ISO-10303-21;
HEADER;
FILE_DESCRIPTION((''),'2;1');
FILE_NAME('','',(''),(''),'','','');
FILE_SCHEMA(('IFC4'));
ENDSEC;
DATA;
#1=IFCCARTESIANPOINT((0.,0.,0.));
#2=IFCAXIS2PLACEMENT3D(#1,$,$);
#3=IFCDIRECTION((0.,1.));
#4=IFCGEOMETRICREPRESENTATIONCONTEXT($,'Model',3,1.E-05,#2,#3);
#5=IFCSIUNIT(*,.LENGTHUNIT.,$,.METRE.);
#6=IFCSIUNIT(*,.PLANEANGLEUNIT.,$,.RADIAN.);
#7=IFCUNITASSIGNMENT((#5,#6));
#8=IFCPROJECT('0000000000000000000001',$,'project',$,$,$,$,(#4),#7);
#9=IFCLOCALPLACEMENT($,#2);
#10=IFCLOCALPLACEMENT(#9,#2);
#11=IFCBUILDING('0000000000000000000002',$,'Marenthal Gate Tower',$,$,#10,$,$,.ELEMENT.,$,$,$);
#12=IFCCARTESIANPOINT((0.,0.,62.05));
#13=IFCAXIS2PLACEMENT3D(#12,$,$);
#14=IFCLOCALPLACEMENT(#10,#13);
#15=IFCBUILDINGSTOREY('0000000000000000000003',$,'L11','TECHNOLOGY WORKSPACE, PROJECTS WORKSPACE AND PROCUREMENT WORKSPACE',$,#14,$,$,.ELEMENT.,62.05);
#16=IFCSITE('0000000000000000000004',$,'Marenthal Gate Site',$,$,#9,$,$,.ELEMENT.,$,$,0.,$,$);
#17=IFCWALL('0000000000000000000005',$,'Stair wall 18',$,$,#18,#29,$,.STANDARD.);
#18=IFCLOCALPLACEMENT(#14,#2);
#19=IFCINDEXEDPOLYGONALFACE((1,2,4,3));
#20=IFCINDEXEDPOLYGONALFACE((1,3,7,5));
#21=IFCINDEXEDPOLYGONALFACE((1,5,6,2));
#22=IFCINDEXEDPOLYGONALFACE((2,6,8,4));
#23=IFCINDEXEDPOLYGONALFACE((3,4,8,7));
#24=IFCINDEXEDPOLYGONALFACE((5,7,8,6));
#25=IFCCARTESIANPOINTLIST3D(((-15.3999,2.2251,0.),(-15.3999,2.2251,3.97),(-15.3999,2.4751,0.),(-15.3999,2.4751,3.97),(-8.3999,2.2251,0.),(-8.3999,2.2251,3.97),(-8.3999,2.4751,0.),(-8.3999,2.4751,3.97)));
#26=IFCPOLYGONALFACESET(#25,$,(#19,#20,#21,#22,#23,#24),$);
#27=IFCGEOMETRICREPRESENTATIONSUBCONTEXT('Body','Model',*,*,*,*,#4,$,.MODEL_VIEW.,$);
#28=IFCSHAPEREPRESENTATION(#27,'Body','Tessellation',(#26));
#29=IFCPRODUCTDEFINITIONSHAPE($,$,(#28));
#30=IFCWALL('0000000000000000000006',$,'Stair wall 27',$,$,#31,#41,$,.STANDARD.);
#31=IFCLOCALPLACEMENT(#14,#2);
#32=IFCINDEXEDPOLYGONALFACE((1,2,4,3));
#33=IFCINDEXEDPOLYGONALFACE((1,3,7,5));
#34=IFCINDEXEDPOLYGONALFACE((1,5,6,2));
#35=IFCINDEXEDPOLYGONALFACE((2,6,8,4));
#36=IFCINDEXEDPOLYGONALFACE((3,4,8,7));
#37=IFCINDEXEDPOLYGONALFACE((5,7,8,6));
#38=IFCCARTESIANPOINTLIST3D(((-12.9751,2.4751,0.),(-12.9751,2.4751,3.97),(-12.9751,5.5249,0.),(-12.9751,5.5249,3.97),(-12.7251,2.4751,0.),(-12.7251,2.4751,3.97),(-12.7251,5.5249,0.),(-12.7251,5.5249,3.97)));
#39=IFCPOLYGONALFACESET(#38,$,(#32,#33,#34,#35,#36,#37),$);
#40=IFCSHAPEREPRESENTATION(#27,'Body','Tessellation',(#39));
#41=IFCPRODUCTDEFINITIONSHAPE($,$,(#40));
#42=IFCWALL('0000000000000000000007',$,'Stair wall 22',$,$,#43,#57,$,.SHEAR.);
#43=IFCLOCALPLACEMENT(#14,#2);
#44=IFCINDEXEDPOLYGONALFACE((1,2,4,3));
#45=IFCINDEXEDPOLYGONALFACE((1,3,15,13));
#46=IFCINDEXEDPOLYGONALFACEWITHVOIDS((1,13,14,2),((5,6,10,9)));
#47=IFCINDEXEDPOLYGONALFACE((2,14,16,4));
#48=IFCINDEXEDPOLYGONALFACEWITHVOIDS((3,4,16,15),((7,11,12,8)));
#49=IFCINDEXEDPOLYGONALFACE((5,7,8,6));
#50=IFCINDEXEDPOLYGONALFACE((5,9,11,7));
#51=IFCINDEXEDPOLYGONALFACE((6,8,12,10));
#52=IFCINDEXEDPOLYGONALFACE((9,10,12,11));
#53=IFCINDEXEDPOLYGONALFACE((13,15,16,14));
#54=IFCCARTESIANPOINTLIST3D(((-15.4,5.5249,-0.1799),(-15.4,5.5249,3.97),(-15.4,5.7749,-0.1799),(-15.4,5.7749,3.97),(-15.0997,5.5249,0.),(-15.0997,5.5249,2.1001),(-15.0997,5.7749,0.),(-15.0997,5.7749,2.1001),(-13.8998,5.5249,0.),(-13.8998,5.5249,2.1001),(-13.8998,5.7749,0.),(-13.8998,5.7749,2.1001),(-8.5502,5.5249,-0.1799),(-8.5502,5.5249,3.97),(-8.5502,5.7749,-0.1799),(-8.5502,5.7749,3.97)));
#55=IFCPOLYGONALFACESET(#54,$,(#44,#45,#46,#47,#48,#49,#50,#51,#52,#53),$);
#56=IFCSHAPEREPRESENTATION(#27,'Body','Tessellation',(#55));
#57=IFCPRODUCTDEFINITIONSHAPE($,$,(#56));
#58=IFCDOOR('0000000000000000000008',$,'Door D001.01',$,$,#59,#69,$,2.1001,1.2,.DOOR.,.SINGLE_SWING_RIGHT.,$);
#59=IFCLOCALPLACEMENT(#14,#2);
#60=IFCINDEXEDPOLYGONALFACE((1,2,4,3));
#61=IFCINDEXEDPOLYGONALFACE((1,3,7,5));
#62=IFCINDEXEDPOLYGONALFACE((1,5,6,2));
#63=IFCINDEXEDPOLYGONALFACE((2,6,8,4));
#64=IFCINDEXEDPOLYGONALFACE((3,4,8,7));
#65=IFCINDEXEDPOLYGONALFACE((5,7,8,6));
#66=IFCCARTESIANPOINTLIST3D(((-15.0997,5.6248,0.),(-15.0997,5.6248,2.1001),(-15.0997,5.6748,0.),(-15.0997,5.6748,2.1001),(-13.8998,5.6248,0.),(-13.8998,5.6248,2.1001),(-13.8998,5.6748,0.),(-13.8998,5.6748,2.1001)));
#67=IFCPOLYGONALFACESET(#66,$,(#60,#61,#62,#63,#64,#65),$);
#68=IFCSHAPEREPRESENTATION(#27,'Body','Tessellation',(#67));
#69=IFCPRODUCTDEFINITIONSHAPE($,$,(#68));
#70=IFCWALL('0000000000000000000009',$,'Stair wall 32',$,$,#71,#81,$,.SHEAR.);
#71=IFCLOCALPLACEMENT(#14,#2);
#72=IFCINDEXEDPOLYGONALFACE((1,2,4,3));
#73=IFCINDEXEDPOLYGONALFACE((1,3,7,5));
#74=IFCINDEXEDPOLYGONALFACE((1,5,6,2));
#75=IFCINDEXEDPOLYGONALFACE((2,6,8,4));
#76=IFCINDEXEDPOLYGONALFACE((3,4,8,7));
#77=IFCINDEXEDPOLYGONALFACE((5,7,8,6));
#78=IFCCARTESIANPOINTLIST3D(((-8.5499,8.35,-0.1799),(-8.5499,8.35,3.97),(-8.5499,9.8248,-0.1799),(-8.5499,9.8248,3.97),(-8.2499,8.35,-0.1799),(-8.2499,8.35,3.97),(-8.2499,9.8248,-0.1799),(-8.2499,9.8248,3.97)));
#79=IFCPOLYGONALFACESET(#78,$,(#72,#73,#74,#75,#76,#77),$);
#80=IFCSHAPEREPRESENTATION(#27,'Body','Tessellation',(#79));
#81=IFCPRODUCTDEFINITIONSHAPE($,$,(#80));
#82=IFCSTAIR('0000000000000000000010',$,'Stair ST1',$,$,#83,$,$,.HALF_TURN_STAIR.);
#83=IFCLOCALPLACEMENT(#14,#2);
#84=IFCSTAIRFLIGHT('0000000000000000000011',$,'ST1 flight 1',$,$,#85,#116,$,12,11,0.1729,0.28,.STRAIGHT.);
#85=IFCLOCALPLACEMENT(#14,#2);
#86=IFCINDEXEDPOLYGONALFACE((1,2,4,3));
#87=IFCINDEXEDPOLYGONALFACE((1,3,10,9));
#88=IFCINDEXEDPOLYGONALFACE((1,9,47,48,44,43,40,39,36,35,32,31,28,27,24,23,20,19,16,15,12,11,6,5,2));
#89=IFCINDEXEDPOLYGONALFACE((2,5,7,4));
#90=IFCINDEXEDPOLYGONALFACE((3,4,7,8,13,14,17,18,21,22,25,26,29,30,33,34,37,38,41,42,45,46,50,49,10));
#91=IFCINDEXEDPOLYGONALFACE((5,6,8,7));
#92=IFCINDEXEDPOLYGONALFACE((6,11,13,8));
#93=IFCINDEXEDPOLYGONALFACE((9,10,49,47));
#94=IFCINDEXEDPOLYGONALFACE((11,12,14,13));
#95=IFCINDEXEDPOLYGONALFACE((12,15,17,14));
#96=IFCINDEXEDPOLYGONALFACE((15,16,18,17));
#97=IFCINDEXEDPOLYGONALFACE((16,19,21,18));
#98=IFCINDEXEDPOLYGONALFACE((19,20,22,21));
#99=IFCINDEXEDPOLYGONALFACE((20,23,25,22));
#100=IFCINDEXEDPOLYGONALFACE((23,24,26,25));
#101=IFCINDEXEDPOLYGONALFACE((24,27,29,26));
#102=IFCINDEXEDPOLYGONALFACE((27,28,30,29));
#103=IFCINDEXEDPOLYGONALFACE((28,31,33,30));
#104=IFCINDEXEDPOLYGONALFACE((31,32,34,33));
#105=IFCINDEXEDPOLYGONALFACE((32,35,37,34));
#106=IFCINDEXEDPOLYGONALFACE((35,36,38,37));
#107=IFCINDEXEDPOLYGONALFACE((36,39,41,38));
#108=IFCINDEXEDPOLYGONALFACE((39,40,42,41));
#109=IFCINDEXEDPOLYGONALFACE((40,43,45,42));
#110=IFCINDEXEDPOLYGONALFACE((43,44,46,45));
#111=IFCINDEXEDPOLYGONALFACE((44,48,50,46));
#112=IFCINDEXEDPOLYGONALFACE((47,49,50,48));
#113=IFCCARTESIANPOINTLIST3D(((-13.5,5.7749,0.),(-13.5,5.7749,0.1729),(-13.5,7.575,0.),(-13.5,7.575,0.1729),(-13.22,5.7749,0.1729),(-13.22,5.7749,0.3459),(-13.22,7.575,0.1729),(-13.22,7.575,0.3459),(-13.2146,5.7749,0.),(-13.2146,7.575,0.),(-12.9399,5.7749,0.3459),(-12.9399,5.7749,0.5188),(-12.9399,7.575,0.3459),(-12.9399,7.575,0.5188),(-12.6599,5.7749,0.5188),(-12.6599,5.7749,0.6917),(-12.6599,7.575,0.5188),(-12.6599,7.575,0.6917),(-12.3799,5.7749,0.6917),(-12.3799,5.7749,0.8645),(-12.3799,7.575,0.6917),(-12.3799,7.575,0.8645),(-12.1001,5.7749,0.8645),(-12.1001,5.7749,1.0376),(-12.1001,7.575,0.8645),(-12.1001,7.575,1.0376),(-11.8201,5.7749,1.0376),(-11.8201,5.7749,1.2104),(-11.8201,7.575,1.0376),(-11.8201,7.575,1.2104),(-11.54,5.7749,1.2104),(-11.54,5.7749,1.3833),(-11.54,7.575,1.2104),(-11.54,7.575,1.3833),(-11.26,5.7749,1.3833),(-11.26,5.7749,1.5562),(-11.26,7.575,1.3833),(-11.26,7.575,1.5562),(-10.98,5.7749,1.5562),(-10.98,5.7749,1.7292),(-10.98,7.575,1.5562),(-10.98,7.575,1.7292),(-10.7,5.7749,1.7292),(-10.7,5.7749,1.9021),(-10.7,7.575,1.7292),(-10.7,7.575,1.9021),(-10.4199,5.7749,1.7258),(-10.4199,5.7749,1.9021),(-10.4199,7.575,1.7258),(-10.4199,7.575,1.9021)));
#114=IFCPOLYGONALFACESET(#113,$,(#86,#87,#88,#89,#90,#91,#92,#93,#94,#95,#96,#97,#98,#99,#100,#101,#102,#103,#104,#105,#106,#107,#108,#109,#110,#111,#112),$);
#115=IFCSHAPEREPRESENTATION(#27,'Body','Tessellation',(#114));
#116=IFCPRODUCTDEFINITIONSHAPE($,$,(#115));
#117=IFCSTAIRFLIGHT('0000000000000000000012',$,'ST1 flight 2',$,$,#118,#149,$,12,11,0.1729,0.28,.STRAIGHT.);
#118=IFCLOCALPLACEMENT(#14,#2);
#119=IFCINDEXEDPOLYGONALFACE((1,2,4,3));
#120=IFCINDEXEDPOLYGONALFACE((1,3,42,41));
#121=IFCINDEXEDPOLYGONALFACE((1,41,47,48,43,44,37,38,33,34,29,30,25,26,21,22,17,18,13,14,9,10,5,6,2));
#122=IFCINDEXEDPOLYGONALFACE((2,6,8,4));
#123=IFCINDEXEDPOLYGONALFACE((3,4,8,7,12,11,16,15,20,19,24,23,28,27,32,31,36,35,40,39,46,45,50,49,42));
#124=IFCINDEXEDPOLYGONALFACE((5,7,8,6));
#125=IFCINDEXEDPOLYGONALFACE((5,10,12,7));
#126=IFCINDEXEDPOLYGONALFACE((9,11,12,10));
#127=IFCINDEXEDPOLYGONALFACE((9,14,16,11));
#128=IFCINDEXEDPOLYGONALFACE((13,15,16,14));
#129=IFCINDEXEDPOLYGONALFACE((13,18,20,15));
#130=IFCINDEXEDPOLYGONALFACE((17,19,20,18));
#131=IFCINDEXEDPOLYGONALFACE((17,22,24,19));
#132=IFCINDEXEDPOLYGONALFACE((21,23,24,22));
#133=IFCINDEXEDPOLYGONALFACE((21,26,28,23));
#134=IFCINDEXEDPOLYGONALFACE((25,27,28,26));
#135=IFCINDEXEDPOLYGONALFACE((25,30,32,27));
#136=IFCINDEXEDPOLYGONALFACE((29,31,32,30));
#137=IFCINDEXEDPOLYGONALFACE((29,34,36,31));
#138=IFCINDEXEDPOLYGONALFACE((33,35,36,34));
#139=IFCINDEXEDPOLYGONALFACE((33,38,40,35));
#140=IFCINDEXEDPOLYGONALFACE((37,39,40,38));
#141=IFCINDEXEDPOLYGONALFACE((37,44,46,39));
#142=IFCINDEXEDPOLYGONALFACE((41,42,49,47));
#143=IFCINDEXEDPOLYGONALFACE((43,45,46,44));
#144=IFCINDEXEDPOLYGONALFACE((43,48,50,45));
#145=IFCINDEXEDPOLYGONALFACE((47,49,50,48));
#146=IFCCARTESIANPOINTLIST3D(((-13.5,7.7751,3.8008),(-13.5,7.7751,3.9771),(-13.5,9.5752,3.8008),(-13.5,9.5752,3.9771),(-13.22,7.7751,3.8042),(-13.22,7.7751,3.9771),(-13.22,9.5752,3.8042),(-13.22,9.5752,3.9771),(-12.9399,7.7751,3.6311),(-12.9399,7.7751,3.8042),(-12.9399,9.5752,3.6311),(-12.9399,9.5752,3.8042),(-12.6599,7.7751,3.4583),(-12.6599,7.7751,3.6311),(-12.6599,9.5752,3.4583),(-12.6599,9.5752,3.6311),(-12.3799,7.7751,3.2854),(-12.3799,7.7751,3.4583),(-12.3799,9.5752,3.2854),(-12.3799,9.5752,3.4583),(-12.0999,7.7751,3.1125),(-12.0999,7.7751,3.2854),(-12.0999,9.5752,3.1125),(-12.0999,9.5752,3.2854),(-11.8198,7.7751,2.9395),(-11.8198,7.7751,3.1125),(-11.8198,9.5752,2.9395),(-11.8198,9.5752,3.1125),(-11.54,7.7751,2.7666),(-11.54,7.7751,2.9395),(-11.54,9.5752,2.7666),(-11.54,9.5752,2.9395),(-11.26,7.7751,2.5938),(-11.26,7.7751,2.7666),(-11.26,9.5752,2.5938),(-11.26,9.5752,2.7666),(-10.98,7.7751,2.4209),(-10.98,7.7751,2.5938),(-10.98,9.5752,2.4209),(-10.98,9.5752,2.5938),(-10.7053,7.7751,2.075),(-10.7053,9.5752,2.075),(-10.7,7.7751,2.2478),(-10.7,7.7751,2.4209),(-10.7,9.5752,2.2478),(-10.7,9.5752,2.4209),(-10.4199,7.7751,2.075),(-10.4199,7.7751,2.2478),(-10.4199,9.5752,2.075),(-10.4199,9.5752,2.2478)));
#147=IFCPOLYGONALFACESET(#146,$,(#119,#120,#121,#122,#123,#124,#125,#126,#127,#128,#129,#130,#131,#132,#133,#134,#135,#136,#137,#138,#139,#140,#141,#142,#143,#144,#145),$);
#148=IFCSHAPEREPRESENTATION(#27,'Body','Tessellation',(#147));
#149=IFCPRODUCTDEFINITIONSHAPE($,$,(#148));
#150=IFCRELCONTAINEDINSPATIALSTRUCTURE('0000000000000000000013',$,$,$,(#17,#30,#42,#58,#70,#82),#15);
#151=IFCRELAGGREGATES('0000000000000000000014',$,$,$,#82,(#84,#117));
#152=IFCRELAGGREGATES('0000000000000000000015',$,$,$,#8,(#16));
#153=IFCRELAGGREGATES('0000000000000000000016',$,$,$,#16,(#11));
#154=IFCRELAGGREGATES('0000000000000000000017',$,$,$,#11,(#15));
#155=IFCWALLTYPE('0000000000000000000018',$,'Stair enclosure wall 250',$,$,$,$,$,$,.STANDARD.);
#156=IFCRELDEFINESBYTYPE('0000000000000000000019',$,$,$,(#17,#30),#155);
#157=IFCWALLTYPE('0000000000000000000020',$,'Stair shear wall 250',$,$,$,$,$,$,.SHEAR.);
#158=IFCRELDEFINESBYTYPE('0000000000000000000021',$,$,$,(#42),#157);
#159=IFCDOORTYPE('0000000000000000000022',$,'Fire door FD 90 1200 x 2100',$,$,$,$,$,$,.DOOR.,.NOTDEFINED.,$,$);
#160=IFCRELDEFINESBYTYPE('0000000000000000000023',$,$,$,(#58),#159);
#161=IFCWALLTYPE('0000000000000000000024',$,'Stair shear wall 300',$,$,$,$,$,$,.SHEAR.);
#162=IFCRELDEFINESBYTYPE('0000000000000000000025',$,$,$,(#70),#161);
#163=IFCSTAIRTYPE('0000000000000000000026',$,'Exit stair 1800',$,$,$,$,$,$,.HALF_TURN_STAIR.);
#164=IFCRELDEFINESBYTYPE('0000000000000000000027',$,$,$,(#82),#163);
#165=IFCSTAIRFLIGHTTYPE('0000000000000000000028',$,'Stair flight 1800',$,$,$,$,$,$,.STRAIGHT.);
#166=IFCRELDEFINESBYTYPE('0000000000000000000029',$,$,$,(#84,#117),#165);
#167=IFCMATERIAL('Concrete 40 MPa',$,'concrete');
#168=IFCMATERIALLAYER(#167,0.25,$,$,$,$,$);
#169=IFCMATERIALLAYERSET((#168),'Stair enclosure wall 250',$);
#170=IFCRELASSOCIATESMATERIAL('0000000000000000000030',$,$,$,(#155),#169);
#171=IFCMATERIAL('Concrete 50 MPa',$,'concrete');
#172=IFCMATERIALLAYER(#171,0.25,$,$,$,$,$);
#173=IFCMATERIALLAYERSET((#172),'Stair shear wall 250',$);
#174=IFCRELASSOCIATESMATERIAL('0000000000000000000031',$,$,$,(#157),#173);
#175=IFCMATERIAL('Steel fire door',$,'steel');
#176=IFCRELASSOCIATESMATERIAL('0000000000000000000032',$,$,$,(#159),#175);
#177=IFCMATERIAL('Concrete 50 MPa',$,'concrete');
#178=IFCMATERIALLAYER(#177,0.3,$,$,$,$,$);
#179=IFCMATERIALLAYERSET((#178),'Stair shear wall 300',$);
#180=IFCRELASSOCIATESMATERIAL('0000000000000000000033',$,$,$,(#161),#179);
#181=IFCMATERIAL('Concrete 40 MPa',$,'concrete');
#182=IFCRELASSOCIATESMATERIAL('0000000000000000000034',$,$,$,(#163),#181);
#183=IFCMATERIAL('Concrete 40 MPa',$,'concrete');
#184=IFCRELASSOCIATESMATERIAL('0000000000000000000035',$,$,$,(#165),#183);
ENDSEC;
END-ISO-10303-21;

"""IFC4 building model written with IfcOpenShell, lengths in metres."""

from ifc_helpers import new_model, si_unit, direction, frame, frame_2d, origin, place, context, subcontext, project, spatial, polyline, rectangle, outline, extrude, material, layer, layer_set, type_object, element, fill, aggregate, save


model = new_model("IFC4")

# Units and contexts
model_context = context("Model", 3, precision=1e-05, world=origin(), true_north=direction((0.0, 1.0)))
body_context = subcontext(model_context, "Body", "Model", "MODEL_VIEW")
ifc_project = project(units=[si_unit("LENGTHUNIT", "METRE"), si_unit("PLANEANGLEUNIT", "RADIAN")], contexts=[model_context])

# Site, building, storey
site_placement = place(None, origin())
site = spatial("IfcSite", under=ifc_project, at=site_placement, Name="Marenthal Gate Site", CompositionType="ELEMENT", RefElevation=0.0)
building_placement = place(site_placement, origin())
building = spatial("IfcBuilding", under=site, at=building_placement, Name="Marenthal Gate Tower", CompositionType="ELEMENT")
storey_placement = place(building_placement, frame((0.0, 0.0, 62.05)))
storey = spatial("IfcBuildingStorey", under=building, at=storey_placement, Name="L11", Description="TECHNOLOGY WORKSPACE, PROJECTS WORKSPACE AND PROCUREMENT WORKSPACE", CompositionType="ELEMENT", Elevation=62.05)

# Walls
ifc_material_1 = material(Name="Concrete 40 MPa", Category="concrete")
ifc_layer_1 = layer(ifc_material_1, 0.25)
ifc_layer_set_1 = layer_set([ifc_layer_1], Name="Stair enclosure wall 250")
wall_type_1 = type_object("IfcWallType", Name="Stair enclosure wall 250", PredefinedType="STANDARD", material=ifc_layer_set_1)
wall_1_placement = place(storey_placement, frame((-15.3999, 2.3501, 0.0), z_axis=(0.0, 0.0, 1.0), x_axis=(1.0, 0.0, 0.0)))
element("IfcWall", 1, at=wall_1_placement, inside=storey, type_object=wall_type_1, Name="Stair wall 18", PredefinedType="STANDARD", context=body_context, shape_type="SweptSolid", body=[
    extrude(rectangle(XDim=7.0, YDim=0.25, at=frame_2d((3.5, 0.0))), origin(), (0.0, 0.0, 1.0), 3.97),
])
wall_2_placement = place(storey_placement, frame((-12.8501, 2.4751, 0.0), z_axis=(0.0, 0.0, 1.0), x_axis=(0.0, 1.0, 0.0)))
element("IfcWall", 2, at=wall_2_placement, inside=storey, type_object=wall_type_1, Name="Stair wall 27", PredefinedType="STANDARD", context=body_context, shape_type="SweptSolid", body=[
    extrude(rectangle(XDim=3.0498, YDim=0.25, at=frame_2d((1.5249, 0.0))), origin(), (0.0, 0.0, 1.0), 3.97),
])

# Wall, opening, door
ifc_material_2 = material(Name="Concrete 50 MPa", Category="concrete")
ifc_layer_2 = layer(ifc_material_2, 0.25)
ifc_layer_set_2 = layer_set([ifc_layer_2], Name="Stair shear wall 250")
wall_type_2 = type_object("IfcWallType", Name="Stair shear wall 250", PredefinedType="SHEAR", material=ifc_layer_set_2)
wall_3_placement = place(storey_placement, frame((-15.3999, 5.6499, -0.1799), z_axis=(0.0, 0.0, 1.0), x_axis=(1.0, 0.0, 0.0)))
wall_3 = element("IfcWall", 3, at=wall_3_placement, inside=storey, type_object=wall_type_2, Name="Stair wall 22", PredefinedType="SHEAR", context=body_context, shape_type="SweptSolid", body=[
    extrude(rectangle(XDim=6.8499, YDim=0.25, at=frame_2d((3.4248, 0.0))), origin(), (0.0, 0.0, 1.0), 4.1499),
])
opening_1_placement = place(wall_3_placement, frame((0.3, 0.0, 0.1799)))
opening_1 = element("IfcOpeningElement", 4, at=opening_1_placement, cuts=wall_3, PredefinedType="OPENING", context=body_context, shape_type="SweptSolid", body=[
    extrude(rectangle(XDim=1.2, YDim=2.1001, at=frame_2d((0.6001, 1.05))), frame((0.0, 0.135, 0.0), z_axis=(0.0, -1.0, 0.0), x_axis=(1.0, 0.0, 0.0)), (0.0, 0.0, 1.0), 0.27),
])
ifc_material_3 = material(Name="Steel fire door", Category="steel")
door_type_1 = type_object("IfcDoorType", Name="Fire door FD 90 1200 x 2100", OperationType="NOTDEFINED", PredefinedType="DOOR", material=ifc_material_3)
door_1_placement = place(opening_1_placement, origin())
door_1 = element("IfcDoor", 5, at=door_1_placement, inside=storey, type_object=door_type_1, Name="Door D001.01", OperationType="SINGLE_SWING_RIGHT", OverallHeight=2.1001, OverallWidth=1.2, PredefinedType="DOOR", context=body_context, shape_type="SweptSolid", body=[
    extrude(rectangle(XDim=1.2, YDim=2.1001, at=frame_2d((0.6001, 1.05))), frame((0.0, 0.0249, 0.0), z_axis=(0.0, -1.0, 0.0), x_axis=(1.0, 0.0, 0.0)), (0.0, 0.0, 1.0), 0.05),
])
fill(opening_1, door_1)

# Wall
ifc_material_4 = material(Name="Concrete 50 MPa", Category="concrete")
ifc_layer_3 = layer(ifc_material_4, 0.3)
ifc_layer_set_3 = layer_set([ifc_layer_3], Name="Stair shear wall 300")
wall_type_3 = type_object("IfcWallType", Name="Stair shear wall 300", PredefinedType="SHEAR", material=ifc_layer_set_3)
wall_4_placement = place(storey_placement, frame((-8.3999, 8.3501, -0.1799), z_axis=(0.0, 0.0, 1.0), x_axis=(0.0, 1.0, 0.0)))
element("IfcWall", 6, at=wall_4_placement, inside=storey, type_object=wall_type_3, Name="Stair wall 32", PredefinedType="SHEAR", context=body_context, shape_type="SweptSolid", body=[
    extrude(rectangle(XDim=1.4749, YDim=0.3, at=frame_2d((0.7373, 0.0))), origin(), (0.0, 0.0, 1.0), 4.1499),
])

# Stair, stair flights
ifc_material_5 = material(Name="Concrete 40 MPa", Category="concrete")
stair_type = type_object("IfcStairType", Name="Exit stair 1800", PredefinedType="HALF_TURN_STAIR", material=ifc_material_5)
stair_placement = place(storey_placement, origin())
stair = element("IfcStair", 7, at=stair_placement, inside=storey, type_object=stair_type, Name="Stair ST1", PredefinedType="HALF_TURN_STAIR")
ifc_material_6 = material(Name="Concrete 40 MPa", Category="concrete")
stair_flight_type = type_object("IfcStairFlightType", Name="Stair flight 1800", PredefinedType="STRAIGHT", material=ifc_material_6)
stair_flight_1_placement = place(storey_placement, frame((-13.5, 6.675, 0.0), z_axis=(0.0, 0.0, 1.0), x_axis=(1.0, 0.0, 0.0)))
stair_flight_1 = element("IfcStairFlight", 8, at=stair_flight_1_placement, type_object=stair_flight_type, Name="ST1 flight 1", NumberOfRisers=12, NumberOfTreads=11, PredefinedType="STRAIGHT", RiserHeight=0.1729, TreadLength=0.28, context=body_context, shape_type="SweptSolid", body=[
    extrude(outline(polyline([(0.0, 0.0), (0.0, 0.1729), (0.28, 0.1729), (0.28, 0.3459), (0.5601, 0.3459), (0.5601, 0.5188), (0.8401, 0.5188), (0.8401, 0.6917), (1.1201, 0.6917), (1.1201, 0.8645), (1.3999, 0.8645), (1.3999, 1.0376), (1.6799, 1.0376), (1.6799, 1.2104), (1.96, 1.2104), (1.96, 1.3833), (2.24, 1.3833), (2.24, 1.5562), (2.52, 1.5562), (2.52, 1.7292), (2.8, 1.7292), (2.8, 1.9021), (3.0801, 1.9021), (3.0801, 2.075), (3.0801, 1.7258), (0.2854, 0.0), (0.0, 0.0)])), frame((0.0, 0.8999, 0.0), z_axis=(0.0, -1.0, 0.0), x_axis=(1.0, 0.0, 0.0)), (0.0, 0.0, 1.0), 1.8),
])
stair_flight_2_placement = place(storey_placement, frame((-10.4199, 8.675, 2.075), z_axis=(0.0, 0.0, 1.0), x_axis=(-1.0, 0.0, 0.0)))
stair_flight_2 = element("IfcStairFlight", 9, at=stair_flight_2_placement, type_object=stair_flight_type, Name="ST1 flight 2", NumberOfRisers=12, NumberOfTreads=11, PredefinedType="STRAIGHT", RiserHeight=0.1729, TreadLength=0.28, context=body_context, shape_type="SweptSolid", body=[
    extrude(outline(polyline([(0.0, 0.0), (0.0, 0.1729), (0.28, 0.1729), (0.28, 0.3459), (0.5601, 0.3459), (0.5601, 0.5188), (0.8401, 0.5188), (0.8401, 0.6917), (1.1201, 0.6917), (1.1201, 0.8645), (1.3999, 0.8645), (1.3999, 1.0376), (1.6799, 1.0376), (1.6799, 1.2104), (1.96, 1.2104), (1.96, 1.3833), (2.24, 1.3833), (2.24, 1.5562), (2.52, 1.5562), (2.52, 1.7292), (2.8, 1.7292), (2.8, 1.9021), (3.0801, 1.9021), (3.0801, 2.075), (3.0801, 1.7258), (0.2854, 0.0), (0.0, 0.0)])), frame((0.0, 0.8999, 0.0), z_axis=(0.0, -1.0, 0.0), x_axis=(1.0, 0.0, 0.0)), (0.0, 0.0, 1.0), 1.8),
])
aggregate(stair, [stair_flight_1, stair_flight_2])

save(model, "model.ifc")
